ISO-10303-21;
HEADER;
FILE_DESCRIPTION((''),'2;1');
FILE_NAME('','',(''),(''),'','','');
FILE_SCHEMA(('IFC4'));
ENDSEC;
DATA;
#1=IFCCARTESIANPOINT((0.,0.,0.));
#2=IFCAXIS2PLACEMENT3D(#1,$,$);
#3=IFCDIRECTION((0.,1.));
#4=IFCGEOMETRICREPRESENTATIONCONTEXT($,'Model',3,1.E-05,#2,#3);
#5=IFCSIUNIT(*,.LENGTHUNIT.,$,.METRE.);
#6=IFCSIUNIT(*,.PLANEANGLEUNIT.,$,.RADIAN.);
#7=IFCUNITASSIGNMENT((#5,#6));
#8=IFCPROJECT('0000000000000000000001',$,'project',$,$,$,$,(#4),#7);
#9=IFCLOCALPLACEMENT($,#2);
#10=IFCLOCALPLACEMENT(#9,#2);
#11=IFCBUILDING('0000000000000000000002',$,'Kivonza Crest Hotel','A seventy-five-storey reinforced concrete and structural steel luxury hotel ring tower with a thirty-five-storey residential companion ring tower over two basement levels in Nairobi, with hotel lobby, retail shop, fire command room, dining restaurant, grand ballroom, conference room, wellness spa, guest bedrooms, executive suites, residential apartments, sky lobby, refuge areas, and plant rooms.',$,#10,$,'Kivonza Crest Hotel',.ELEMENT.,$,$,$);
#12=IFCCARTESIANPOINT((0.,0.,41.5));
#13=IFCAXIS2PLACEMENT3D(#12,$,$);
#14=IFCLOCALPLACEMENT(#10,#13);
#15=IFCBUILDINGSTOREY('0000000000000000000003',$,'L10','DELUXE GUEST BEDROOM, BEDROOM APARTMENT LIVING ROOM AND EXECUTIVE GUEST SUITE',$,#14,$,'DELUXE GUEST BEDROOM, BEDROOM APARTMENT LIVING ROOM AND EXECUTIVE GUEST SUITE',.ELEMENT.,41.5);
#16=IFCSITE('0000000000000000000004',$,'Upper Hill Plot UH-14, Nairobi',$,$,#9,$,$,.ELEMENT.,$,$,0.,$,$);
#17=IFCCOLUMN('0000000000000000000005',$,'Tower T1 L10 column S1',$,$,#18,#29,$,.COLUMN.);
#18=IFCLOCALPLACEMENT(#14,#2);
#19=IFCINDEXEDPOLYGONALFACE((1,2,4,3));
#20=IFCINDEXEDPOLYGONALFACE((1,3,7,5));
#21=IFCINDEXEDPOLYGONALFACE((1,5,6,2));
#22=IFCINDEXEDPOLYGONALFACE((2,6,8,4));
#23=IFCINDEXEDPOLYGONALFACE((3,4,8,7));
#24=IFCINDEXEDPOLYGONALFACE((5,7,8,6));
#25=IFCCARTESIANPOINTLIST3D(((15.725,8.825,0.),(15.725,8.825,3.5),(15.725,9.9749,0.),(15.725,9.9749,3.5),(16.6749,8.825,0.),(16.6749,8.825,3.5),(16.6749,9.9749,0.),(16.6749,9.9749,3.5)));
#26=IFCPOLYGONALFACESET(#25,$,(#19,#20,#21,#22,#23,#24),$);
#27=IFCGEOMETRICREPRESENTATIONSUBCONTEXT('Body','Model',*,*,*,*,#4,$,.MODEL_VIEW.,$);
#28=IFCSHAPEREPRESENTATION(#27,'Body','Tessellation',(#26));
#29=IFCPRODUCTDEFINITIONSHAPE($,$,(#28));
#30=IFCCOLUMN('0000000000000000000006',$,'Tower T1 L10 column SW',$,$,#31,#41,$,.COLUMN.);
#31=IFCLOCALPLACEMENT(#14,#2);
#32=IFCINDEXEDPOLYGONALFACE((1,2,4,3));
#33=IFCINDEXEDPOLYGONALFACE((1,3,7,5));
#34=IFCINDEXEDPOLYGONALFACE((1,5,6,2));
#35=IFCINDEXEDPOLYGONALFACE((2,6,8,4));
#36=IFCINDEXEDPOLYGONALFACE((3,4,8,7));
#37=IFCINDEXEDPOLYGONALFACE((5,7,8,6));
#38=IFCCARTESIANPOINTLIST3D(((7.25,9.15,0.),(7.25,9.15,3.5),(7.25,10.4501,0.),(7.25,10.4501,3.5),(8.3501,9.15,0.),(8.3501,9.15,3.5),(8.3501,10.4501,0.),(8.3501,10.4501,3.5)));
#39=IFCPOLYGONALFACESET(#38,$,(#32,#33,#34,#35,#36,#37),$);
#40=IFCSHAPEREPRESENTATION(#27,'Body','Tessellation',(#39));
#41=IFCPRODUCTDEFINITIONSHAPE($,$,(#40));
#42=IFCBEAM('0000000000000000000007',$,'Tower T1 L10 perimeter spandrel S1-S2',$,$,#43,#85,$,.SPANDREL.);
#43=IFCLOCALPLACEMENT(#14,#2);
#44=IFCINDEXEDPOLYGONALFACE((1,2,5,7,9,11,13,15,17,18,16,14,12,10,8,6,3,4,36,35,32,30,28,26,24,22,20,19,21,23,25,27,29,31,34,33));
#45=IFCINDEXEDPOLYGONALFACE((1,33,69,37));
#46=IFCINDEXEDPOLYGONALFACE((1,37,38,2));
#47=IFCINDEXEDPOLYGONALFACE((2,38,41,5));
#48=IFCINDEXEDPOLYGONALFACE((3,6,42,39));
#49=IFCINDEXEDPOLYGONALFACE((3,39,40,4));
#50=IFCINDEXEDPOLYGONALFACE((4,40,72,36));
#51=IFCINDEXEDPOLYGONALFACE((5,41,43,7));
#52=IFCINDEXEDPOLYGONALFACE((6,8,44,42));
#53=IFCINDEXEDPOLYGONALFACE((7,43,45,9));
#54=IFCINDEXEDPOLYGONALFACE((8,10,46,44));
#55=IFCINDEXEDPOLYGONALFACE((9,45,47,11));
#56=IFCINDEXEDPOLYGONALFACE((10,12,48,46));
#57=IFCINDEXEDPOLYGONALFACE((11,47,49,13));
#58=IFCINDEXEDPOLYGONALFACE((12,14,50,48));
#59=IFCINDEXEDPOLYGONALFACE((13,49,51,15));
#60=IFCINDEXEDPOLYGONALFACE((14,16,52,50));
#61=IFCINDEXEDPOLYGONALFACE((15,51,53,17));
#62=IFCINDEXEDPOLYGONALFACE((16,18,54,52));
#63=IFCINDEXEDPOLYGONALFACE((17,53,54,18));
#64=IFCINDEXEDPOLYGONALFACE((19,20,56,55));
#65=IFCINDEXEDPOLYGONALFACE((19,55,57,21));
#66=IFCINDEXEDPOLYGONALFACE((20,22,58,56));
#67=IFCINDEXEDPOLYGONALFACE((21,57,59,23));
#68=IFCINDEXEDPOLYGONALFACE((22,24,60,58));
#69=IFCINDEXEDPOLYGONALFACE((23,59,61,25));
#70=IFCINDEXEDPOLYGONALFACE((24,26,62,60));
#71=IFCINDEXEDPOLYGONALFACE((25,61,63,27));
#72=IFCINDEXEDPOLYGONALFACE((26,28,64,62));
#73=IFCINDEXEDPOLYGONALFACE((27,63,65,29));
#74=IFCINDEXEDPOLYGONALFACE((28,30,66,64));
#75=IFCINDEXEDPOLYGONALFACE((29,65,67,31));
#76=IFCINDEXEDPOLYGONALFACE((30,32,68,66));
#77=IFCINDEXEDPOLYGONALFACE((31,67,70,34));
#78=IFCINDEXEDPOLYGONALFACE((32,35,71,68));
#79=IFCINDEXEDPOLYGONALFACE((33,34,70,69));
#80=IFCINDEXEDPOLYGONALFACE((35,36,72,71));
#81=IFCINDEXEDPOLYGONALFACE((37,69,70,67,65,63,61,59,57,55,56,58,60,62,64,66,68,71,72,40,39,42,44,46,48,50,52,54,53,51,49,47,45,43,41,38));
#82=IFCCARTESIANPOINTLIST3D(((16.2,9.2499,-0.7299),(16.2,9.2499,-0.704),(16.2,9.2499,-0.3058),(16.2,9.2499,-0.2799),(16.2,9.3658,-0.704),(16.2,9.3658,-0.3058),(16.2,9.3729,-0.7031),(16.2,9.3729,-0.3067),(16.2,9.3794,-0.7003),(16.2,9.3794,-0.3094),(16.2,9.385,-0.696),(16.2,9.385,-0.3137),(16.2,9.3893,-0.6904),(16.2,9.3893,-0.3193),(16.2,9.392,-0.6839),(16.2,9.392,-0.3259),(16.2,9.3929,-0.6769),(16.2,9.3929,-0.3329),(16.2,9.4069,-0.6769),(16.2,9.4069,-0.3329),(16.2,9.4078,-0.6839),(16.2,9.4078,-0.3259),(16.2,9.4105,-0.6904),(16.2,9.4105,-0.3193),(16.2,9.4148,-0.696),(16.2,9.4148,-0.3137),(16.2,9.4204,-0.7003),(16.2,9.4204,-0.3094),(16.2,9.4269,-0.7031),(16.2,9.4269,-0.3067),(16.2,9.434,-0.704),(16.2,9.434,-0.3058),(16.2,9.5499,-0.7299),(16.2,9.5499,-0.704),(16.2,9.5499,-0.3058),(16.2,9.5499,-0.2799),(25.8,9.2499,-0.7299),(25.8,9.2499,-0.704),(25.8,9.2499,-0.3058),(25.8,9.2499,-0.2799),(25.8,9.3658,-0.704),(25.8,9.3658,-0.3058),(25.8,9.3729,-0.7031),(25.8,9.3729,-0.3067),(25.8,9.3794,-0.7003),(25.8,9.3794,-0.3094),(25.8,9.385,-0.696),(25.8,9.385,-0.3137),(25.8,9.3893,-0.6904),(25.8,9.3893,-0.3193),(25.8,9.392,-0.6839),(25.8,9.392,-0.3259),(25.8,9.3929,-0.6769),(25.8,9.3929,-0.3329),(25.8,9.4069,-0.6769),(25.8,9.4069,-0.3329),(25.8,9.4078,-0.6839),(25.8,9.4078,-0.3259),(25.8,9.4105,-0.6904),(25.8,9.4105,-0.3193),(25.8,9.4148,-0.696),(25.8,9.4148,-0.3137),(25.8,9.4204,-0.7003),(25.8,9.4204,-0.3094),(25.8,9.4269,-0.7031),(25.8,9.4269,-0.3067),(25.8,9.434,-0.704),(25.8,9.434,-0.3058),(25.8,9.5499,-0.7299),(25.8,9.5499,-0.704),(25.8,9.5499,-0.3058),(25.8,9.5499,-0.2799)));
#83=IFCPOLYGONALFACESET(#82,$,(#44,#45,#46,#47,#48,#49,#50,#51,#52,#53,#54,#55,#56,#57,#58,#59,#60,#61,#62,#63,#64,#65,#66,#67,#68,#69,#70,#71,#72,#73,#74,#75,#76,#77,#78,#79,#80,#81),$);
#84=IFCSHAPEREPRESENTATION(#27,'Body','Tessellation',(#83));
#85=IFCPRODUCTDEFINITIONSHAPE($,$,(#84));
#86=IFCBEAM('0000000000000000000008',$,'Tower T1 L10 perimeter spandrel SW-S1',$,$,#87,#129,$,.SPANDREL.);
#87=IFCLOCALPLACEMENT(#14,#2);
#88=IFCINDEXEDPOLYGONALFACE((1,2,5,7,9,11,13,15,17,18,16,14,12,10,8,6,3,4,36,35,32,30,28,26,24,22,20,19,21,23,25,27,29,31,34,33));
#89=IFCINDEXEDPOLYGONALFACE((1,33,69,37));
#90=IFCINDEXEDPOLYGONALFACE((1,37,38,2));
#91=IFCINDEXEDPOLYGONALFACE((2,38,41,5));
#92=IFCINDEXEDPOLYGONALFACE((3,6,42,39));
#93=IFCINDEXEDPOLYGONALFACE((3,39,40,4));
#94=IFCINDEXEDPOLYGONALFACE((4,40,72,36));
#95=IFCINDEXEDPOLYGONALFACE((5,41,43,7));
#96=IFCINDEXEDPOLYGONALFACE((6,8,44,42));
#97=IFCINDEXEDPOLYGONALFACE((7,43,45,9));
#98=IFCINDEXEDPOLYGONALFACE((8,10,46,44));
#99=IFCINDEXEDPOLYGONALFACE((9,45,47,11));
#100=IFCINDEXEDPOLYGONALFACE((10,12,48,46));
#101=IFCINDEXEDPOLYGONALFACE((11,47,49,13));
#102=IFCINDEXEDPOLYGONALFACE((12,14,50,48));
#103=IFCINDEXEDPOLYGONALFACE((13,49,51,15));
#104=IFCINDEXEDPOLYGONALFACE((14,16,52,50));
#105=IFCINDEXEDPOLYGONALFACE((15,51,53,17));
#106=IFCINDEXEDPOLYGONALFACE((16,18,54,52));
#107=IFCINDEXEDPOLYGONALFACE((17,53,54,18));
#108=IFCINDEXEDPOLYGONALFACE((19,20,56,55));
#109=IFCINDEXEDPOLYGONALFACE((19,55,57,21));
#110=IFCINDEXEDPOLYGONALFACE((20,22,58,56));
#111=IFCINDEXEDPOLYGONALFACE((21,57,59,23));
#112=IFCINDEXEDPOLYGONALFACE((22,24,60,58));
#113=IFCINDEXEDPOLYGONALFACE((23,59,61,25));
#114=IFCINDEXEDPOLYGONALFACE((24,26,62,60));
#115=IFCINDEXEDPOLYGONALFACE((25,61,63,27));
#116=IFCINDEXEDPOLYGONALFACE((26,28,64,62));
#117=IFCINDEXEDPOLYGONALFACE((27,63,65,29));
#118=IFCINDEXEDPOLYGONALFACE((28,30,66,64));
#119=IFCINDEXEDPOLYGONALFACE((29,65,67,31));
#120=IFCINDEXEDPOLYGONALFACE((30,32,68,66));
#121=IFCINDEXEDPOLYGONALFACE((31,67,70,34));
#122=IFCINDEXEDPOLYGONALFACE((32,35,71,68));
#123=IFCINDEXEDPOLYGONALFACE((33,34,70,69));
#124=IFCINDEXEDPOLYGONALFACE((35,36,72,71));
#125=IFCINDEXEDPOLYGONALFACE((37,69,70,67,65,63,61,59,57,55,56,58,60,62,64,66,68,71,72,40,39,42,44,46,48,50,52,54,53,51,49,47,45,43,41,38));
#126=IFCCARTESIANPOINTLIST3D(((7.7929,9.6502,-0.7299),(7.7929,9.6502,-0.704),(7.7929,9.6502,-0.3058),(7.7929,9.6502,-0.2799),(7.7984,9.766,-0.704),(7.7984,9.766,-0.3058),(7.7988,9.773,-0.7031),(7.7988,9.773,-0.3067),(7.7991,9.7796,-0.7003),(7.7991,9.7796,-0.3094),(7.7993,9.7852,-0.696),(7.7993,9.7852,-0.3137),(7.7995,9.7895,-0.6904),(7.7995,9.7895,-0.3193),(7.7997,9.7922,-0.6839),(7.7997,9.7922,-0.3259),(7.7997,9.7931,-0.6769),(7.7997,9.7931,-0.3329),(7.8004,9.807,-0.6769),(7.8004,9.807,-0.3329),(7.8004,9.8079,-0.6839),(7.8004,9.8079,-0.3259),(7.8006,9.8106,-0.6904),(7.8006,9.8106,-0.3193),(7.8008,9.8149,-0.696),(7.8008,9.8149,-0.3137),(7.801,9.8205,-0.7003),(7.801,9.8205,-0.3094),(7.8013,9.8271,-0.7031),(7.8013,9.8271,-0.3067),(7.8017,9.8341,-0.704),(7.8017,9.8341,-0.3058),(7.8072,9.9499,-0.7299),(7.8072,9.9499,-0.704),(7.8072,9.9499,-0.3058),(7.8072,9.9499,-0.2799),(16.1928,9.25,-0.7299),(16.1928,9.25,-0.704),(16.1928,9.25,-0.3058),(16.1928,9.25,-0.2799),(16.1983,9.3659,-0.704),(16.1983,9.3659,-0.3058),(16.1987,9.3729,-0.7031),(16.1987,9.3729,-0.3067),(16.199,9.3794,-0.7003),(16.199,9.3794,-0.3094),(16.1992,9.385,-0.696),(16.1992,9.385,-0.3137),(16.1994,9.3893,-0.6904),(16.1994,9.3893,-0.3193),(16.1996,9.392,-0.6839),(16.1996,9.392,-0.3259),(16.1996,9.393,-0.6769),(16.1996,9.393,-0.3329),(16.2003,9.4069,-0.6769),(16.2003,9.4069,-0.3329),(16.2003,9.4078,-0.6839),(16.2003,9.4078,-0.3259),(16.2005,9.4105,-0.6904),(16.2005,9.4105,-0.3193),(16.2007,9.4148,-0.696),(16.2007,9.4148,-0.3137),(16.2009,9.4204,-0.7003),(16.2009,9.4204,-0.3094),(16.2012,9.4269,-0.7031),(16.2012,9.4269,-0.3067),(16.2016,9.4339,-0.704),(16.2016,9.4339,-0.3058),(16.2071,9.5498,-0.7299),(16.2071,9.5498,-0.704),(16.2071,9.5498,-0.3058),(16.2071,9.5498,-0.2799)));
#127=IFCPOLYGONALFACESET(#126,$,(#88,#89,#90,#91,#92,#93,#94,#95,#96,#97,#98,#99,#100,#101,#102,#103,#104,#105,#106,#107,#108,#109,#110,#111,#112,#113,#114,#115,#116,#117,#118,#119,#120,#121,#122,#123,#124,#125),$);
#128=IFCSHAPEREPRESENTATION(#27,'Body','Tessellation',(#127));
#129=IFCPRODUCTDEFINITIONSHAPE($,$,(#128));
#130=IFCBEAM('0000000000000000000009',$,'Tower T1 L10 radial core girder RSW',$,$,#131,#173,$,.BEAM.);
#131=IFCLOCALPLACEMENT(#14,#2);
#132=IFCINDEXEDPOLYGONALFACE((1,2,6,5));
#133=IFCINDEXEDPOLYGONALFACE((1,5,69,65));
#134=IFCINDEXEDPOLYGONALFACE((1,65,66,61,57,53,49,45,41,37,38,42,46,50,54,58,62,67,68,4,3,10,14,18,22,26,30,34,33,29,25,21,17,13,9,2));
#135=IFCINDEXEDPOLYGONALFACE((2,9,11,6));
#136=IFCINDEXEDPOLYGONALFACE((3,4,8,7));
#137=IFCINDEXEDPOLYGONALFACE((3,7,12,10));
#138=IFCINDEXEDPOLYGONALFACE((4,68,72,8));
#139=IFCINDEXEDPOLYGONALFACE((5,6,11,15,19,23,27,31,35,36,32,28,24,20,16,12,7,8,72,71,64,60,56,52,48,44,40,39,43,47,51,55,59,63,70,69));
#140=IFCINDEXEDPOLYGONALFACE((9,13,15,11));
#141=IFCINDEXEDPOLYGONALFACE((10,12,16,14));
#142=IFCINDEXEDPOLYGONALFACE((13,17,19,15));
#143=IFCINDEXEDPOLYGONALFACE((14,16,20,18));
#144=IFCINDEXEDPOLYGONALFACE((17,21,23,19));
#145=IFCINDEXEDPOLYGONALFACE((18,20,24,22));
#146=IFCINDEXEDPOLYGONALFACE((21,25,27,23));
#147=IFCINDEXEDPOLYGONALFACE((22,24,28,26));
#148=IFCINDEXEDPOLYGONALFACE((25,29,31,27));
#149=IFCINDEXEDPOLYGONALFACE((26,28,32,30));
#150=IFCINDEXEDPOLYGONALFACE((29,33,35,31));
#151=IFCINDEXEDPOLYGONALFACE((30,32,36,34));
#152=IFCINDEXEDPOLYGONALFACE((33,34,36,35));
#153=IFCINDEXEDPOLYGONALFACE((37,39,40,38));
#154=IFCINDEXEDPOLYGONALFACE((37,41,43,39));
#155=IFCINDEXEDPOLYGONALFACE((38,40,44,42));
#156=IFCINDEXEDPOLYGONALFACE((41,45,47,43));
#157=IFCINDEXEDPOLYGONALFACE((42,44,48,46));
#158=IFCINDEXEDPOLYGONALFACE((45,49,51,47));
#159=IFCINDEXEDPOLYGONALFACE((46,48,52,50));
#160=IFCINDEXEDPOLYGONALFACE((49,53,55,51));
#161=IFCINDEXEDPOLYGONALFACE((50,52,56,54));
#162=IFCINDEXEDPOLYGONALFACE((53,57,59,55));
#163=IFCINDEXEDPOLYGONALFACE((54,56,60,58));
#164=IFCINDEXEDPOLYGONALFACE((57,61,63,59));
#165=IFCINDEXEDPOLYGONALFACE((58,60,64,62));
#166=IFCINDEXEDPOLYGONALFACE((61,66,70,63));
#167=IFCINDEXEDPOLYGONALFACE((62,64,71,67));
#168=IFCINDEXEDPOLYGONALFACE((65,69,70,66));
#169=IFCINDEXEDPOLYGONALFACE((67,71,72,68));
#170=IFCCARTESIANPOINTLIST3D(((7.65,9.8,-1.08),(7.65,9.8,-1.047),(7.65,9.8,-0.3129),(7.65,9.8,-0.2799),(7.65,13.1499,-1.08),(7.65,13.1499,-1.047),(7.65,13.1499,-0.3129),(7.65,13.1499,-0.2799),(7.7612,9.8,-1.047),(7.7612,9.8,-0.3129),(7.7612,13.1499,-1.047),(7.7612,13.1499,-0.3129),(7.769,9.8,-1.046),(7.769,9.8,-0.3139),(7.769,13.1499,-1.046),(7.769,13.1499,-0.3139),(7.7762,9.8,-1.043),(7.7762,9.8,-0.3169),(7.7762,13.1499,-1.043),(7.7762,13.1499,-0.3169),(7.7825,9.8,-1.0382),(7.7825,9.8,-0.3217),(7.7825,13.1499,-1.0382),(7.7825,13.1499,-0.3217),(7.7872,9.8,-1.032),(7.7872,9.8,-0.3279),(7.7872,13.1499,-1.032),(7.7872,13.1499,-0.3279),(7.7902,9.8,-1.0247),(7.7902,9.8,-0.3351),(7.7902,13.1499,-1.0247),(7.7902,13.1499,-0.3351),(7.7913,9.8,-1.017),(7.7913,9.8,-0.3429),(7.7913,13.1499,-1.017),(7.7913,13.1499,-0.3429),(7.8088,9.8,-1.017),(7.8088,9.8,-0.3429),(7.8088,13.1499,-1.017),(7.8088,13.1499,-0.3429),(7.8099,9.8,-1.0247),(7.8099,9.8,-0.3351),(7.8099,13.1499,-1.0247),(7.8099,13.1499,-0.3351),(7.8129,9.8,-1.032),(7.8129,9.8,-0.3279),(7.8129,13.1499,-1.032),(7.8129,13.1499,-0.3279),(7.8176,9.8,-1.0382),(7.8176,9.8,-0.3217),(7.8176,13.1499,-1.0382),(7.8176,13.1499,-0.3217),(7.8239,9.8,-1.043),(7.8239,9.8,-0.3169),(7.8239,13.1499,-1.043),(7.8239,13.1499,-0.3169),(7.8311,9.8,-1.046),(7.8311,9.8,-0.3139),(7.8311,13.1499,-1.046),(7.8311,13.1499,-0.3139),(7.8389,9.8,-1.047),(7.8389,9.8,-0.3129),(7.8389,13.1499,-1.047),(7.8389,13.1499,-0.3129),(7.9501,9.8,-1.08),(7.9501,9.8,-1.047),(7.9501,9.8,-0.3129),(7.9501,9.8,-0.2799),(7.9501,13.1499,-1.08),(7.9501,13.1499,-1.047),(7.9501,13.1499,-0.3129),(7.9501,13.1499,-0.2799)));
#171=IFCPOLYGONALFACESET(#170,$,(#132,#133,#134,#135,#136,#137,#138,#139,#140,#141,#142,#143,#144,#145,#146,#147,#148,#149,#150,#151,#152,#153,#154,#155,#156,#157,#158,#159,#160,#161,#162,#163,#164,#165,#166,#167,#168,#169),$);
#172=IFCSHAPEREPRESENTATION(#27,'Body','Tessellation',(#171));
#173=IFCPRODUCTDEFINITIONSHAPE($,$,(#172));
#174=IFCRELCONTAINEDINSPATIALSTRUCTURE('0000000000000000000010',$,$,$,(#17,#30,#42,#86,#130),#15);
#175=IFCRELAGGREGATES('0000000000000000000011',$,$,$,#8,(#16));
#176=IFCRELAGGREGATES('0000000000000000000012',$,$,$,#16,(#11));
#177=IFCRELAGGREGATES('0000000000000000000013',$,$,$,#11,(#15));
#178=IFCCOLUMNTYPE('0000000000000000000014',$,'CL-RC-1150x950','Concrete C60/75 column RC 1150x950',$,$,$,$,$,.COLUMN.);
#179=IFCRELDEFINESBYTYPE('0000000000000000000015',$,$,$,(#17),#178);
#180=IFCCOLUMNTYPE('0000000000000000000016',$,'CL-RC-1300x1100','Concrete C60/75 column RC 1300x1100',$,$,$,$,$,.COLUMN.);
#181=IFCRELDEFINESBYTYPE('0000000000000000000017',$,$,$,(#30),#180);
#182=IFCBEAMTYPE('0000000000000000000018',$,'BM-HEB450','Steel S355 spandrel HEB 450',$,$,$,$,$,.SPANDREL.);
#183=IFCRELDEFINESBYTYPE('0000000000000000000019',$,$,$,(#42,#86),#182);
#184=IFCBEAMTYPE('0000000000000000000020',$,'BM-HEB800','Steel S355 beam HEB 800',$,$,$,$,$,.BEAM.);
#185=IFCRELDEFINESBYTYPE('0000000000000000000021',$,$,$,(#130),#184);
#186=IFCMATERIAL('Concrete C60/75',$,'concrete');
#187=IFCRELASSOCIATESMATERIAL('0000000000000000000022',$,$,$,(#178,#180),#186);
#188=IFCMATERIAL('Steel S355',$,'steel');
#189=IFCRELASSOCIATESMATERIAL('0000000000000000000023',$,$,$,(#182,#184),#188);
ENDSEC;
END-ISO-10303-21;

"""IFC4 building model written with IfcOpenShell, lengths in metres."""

from ifc_helpers import new_model, si_unit, direction, frame, origin, origin_2d, place, context, subcontext, project, spatial, rectangle, i_section, extrude, material, material_profile, profile_set, type_object, element, save


model = new_model("IFC4")

# Units and contexts
model_context = context("Model", 3, precision=1e-05, world=origin(), true_north=direction((0.0, 1.0)))
body_context = subcontext(model_context, "Body", "Model", "MODEL_VIEW")
ifc_project = project(units=[si_unit("LENGTHUNIT", "METRE"), si_unit("PLANEANGLEUNIT", "RADIAN")], contexts=[model_context])

# Site, building, storey
site_placement = place(None, origin())
site = spatial("IfcSite", under=ifc_project, at=site_placement, Name="Upper Hill Plot UH-14, Nairobi", CompositionType="ELEMENT", RefElevation=0.0)
building_placement = place(site_placement, origin())
building = spatial("IfcBuilding", under=site, at=building_placement, Name="Kivonza Crest Hotel", Description="A seventy-five-storey reinforced concrete and structural steel luxury hotel ring tower with a thirty-five-storey residential companion ring tower over two basement levels in Nairobi, with hotel lobby, retail shop, fire command room, dining restaurant, grand ballroom, conference room, wellness spa, guest bedrooms, executive suites, residential apartments, sky lobby, refuge areas, and plant rooms.", LongName="Kivonza Crest Hotel", CompositionType="ELEMENT")
storey_placement = place(building_placement, frame((0.0, 0.0, 41.5)))
storey = spatial("IfcBuildingStorey", under=building, at=storey_placement, Name="L10", Description="DELUXE GUEST BEDROOM, BEDROOM APARTMENT LIVING ROOM AND EXECUTIVE GUEST SUITE", LongName="DELUXE GUEST BEDROOM, BEDROOM APARTMENT LIVING ROOM AND EXECUTIVE GUEST SUITE", CompositionType="ELEMENT", Elevation=41.5)

# Columns
ifc_material_1 = material(Name="Concrete C60/75", Category="concrete")
ifc_material_profile_1 = material_profile(ifc_material_1, rectangle(XDim=0.95, YDim=1.1499, at=origin_2d()), Name="RC 1150x950")
ifc_profile_set_1 = profile_set([ifc_material_profile_1], Name="Concrete C60/75")
column_type_1 = type_object("IfcColumnType", Name="CL-RC-1150x950", Description="Concrete C60/75 column RC 1150x950", PredefinedType="COLUMN", material=ifc_profile_set_1)
column_1_placement = place(storey_placement, frame((16.2, 9.3999, 0.0), z_axis=(0.0, 0.0, 1.0), x_axis=(1.0, 0.0, 0.0)))
element("IfcColumn", 1, at=column_1_placement, inside=storey, type_object=column_type_1, Name="Tower T1 L10 column S1", PredefinedType="COLUMN", context=body_context, shape_type="SweptSolid", body=[
    extrude(rectangle(XDim=0.95, YDim=1.1499, at=origin_2d()), origin(), (0.0, 0.0, 1.0), 3.5),
])
ifc_material_profile_2 = material_profile(ifc_material_1, rectangle(XDim=1.1001, YDim=1.3, at=origin_2d()), Name="RC 1300x1100")
ifc_profile_set_2 = profile_set([ifc_material_profile_2], Name="Concrete C60/75")
column_type_2 = type_object("IfcColumnType", Name="CL-RC-1300x1100", Description="Concrete C60/75 column RC 1300x1100", PredefinedType="COLUMN", material=ifc_profile_set_2)
column_2_placement = place(storey_placement, frame((7.8, 9.8, 0.0), z_axis=(0.0, 0.0, 1.0), x_axis=(1.0, 0.0, 0.0)))
element("IfcColumn", 2, at=column_2_placement, inside=storey, type_object=column_type_2, Name="Tower T1 L10 column SW", PredefinedType="COLUMN", context=body_context, shape_type="SweptSolid", body=[
    extrude(rectangle(XDim=1.1001, YDim=1.3, at=origin_2d()), origin(), (0.0, 0.0, 1.0), 3.5),
])

# Beams
ifc_material_2 = material(Name="Steel S355", Category="steel")
ifc_material_profile_3 = material_profile(ifc_material_2, i_section(OverallWidth=0.3, OverallDepth=0.45, WebThickness=0.0139, FlangeThickness=0.0259, FilletRadius=0.0271, at=origin_2d()), Name="HEB 450")
ifc_profile_set_3 = profile_set([ifc_material_profile_3], Name="Steel S355")
beam_type_1 = type_object("IfcBeamType", Name="BM-HEB450", Description="Steel S355 spandrel HEB 450", PredefinedType="SPANDREL", material=ifc_profile_set_3)
beam_1_placement = place(storey_placement, frame((16.2, 9.3999, -0.5049), z_axis=(1.0, 0.0, 0.0), x_axis=(0.0, 1.0, 0.0)))
element("IfcBeam", 3, at=beam_1_placement, inside=storey, type_object=beam_type_1, Name="Tower T1 L10 perimeter spandrel S1-S2", PredefinedType="SPANDREL", context=body_context, shape_type="SweptSolid", body=[
    extrude(i_section(OverallWidth=0.3, OverallDepth=0.45, WebThickness=0.0139, FlangeThickness=0.0259, FilletRadius=0.0271, at=origin_2d()), origin(), (0.0, 0.0, 1.0), 9.6001),
])
beam_2_placement = place(storey_placement, frame((7.8, 9.8, -0.5049), z_axis=(0.998867, -0.047583, 0.0), x_axis=(0.047583, 0.998867, 0.0)))
element("IfcBeam", 4, at=beam_2_placement, inside=storey, type_object=beam_type_1, Name="Tower T1 L10 perimeter spandrel SW-S1", PredefinedType="SPANDREL", context=body_context, shape_type="SweptSolid", body=[
    extrude(i_section(OverallWidth=0.3, OverallDepth=0.45, WebThickness=0.0139, FlangeThickness=0.0259, FilletRadius=0.0271, at=origin_2d()), origin(), (0.0, 0.0, 1.0), 8.4094),
])
ifc_material_profile_4 = material_profile(ifc_material_2, i_section(OverallWidth=0.3, OverallDepth=0.8, WebThickness=0.0176, FlangeThickness=0.033, FilletRadius=0.03, at=origin_2d()), Name="HEB 800")
ifc_profile_set_4 = profile_set([ifc_material_profile_4], Name="Steel S355")
beam_type_2 = type_object("IfcBeamType", Name="BM-HEB800", Description="Steel S355 beam HEB 800", PredefinedType="BEAM", material=ifc_profile_set_4)
beam_3_placement = place(storey_placement, frame((7.8, 9.8, -0.6799), z_axis=(0.0, 1.0, 0.0), x_axis=(-1.0, 0.0, 0.0)))
element("IfcBeam", 5, at=beam_3_placement, inside=storey, type_object=beam_type_2, Name="Tower T1 L10 radial core girder RSW", PredefinedType="BEAM", context=body_context, shape_type="SweptSolid", body=[
    extrude(i_section(OverallWidth=0.3, OverallDepth=0.8, WebThickness=0.0176, FlangeThickness=0.033, FilletRadius=0.03, at=origin_2d()), origin(), (0.0, 0.0, 1.0), 3.3499),
])

save(model, "model.ifc")
